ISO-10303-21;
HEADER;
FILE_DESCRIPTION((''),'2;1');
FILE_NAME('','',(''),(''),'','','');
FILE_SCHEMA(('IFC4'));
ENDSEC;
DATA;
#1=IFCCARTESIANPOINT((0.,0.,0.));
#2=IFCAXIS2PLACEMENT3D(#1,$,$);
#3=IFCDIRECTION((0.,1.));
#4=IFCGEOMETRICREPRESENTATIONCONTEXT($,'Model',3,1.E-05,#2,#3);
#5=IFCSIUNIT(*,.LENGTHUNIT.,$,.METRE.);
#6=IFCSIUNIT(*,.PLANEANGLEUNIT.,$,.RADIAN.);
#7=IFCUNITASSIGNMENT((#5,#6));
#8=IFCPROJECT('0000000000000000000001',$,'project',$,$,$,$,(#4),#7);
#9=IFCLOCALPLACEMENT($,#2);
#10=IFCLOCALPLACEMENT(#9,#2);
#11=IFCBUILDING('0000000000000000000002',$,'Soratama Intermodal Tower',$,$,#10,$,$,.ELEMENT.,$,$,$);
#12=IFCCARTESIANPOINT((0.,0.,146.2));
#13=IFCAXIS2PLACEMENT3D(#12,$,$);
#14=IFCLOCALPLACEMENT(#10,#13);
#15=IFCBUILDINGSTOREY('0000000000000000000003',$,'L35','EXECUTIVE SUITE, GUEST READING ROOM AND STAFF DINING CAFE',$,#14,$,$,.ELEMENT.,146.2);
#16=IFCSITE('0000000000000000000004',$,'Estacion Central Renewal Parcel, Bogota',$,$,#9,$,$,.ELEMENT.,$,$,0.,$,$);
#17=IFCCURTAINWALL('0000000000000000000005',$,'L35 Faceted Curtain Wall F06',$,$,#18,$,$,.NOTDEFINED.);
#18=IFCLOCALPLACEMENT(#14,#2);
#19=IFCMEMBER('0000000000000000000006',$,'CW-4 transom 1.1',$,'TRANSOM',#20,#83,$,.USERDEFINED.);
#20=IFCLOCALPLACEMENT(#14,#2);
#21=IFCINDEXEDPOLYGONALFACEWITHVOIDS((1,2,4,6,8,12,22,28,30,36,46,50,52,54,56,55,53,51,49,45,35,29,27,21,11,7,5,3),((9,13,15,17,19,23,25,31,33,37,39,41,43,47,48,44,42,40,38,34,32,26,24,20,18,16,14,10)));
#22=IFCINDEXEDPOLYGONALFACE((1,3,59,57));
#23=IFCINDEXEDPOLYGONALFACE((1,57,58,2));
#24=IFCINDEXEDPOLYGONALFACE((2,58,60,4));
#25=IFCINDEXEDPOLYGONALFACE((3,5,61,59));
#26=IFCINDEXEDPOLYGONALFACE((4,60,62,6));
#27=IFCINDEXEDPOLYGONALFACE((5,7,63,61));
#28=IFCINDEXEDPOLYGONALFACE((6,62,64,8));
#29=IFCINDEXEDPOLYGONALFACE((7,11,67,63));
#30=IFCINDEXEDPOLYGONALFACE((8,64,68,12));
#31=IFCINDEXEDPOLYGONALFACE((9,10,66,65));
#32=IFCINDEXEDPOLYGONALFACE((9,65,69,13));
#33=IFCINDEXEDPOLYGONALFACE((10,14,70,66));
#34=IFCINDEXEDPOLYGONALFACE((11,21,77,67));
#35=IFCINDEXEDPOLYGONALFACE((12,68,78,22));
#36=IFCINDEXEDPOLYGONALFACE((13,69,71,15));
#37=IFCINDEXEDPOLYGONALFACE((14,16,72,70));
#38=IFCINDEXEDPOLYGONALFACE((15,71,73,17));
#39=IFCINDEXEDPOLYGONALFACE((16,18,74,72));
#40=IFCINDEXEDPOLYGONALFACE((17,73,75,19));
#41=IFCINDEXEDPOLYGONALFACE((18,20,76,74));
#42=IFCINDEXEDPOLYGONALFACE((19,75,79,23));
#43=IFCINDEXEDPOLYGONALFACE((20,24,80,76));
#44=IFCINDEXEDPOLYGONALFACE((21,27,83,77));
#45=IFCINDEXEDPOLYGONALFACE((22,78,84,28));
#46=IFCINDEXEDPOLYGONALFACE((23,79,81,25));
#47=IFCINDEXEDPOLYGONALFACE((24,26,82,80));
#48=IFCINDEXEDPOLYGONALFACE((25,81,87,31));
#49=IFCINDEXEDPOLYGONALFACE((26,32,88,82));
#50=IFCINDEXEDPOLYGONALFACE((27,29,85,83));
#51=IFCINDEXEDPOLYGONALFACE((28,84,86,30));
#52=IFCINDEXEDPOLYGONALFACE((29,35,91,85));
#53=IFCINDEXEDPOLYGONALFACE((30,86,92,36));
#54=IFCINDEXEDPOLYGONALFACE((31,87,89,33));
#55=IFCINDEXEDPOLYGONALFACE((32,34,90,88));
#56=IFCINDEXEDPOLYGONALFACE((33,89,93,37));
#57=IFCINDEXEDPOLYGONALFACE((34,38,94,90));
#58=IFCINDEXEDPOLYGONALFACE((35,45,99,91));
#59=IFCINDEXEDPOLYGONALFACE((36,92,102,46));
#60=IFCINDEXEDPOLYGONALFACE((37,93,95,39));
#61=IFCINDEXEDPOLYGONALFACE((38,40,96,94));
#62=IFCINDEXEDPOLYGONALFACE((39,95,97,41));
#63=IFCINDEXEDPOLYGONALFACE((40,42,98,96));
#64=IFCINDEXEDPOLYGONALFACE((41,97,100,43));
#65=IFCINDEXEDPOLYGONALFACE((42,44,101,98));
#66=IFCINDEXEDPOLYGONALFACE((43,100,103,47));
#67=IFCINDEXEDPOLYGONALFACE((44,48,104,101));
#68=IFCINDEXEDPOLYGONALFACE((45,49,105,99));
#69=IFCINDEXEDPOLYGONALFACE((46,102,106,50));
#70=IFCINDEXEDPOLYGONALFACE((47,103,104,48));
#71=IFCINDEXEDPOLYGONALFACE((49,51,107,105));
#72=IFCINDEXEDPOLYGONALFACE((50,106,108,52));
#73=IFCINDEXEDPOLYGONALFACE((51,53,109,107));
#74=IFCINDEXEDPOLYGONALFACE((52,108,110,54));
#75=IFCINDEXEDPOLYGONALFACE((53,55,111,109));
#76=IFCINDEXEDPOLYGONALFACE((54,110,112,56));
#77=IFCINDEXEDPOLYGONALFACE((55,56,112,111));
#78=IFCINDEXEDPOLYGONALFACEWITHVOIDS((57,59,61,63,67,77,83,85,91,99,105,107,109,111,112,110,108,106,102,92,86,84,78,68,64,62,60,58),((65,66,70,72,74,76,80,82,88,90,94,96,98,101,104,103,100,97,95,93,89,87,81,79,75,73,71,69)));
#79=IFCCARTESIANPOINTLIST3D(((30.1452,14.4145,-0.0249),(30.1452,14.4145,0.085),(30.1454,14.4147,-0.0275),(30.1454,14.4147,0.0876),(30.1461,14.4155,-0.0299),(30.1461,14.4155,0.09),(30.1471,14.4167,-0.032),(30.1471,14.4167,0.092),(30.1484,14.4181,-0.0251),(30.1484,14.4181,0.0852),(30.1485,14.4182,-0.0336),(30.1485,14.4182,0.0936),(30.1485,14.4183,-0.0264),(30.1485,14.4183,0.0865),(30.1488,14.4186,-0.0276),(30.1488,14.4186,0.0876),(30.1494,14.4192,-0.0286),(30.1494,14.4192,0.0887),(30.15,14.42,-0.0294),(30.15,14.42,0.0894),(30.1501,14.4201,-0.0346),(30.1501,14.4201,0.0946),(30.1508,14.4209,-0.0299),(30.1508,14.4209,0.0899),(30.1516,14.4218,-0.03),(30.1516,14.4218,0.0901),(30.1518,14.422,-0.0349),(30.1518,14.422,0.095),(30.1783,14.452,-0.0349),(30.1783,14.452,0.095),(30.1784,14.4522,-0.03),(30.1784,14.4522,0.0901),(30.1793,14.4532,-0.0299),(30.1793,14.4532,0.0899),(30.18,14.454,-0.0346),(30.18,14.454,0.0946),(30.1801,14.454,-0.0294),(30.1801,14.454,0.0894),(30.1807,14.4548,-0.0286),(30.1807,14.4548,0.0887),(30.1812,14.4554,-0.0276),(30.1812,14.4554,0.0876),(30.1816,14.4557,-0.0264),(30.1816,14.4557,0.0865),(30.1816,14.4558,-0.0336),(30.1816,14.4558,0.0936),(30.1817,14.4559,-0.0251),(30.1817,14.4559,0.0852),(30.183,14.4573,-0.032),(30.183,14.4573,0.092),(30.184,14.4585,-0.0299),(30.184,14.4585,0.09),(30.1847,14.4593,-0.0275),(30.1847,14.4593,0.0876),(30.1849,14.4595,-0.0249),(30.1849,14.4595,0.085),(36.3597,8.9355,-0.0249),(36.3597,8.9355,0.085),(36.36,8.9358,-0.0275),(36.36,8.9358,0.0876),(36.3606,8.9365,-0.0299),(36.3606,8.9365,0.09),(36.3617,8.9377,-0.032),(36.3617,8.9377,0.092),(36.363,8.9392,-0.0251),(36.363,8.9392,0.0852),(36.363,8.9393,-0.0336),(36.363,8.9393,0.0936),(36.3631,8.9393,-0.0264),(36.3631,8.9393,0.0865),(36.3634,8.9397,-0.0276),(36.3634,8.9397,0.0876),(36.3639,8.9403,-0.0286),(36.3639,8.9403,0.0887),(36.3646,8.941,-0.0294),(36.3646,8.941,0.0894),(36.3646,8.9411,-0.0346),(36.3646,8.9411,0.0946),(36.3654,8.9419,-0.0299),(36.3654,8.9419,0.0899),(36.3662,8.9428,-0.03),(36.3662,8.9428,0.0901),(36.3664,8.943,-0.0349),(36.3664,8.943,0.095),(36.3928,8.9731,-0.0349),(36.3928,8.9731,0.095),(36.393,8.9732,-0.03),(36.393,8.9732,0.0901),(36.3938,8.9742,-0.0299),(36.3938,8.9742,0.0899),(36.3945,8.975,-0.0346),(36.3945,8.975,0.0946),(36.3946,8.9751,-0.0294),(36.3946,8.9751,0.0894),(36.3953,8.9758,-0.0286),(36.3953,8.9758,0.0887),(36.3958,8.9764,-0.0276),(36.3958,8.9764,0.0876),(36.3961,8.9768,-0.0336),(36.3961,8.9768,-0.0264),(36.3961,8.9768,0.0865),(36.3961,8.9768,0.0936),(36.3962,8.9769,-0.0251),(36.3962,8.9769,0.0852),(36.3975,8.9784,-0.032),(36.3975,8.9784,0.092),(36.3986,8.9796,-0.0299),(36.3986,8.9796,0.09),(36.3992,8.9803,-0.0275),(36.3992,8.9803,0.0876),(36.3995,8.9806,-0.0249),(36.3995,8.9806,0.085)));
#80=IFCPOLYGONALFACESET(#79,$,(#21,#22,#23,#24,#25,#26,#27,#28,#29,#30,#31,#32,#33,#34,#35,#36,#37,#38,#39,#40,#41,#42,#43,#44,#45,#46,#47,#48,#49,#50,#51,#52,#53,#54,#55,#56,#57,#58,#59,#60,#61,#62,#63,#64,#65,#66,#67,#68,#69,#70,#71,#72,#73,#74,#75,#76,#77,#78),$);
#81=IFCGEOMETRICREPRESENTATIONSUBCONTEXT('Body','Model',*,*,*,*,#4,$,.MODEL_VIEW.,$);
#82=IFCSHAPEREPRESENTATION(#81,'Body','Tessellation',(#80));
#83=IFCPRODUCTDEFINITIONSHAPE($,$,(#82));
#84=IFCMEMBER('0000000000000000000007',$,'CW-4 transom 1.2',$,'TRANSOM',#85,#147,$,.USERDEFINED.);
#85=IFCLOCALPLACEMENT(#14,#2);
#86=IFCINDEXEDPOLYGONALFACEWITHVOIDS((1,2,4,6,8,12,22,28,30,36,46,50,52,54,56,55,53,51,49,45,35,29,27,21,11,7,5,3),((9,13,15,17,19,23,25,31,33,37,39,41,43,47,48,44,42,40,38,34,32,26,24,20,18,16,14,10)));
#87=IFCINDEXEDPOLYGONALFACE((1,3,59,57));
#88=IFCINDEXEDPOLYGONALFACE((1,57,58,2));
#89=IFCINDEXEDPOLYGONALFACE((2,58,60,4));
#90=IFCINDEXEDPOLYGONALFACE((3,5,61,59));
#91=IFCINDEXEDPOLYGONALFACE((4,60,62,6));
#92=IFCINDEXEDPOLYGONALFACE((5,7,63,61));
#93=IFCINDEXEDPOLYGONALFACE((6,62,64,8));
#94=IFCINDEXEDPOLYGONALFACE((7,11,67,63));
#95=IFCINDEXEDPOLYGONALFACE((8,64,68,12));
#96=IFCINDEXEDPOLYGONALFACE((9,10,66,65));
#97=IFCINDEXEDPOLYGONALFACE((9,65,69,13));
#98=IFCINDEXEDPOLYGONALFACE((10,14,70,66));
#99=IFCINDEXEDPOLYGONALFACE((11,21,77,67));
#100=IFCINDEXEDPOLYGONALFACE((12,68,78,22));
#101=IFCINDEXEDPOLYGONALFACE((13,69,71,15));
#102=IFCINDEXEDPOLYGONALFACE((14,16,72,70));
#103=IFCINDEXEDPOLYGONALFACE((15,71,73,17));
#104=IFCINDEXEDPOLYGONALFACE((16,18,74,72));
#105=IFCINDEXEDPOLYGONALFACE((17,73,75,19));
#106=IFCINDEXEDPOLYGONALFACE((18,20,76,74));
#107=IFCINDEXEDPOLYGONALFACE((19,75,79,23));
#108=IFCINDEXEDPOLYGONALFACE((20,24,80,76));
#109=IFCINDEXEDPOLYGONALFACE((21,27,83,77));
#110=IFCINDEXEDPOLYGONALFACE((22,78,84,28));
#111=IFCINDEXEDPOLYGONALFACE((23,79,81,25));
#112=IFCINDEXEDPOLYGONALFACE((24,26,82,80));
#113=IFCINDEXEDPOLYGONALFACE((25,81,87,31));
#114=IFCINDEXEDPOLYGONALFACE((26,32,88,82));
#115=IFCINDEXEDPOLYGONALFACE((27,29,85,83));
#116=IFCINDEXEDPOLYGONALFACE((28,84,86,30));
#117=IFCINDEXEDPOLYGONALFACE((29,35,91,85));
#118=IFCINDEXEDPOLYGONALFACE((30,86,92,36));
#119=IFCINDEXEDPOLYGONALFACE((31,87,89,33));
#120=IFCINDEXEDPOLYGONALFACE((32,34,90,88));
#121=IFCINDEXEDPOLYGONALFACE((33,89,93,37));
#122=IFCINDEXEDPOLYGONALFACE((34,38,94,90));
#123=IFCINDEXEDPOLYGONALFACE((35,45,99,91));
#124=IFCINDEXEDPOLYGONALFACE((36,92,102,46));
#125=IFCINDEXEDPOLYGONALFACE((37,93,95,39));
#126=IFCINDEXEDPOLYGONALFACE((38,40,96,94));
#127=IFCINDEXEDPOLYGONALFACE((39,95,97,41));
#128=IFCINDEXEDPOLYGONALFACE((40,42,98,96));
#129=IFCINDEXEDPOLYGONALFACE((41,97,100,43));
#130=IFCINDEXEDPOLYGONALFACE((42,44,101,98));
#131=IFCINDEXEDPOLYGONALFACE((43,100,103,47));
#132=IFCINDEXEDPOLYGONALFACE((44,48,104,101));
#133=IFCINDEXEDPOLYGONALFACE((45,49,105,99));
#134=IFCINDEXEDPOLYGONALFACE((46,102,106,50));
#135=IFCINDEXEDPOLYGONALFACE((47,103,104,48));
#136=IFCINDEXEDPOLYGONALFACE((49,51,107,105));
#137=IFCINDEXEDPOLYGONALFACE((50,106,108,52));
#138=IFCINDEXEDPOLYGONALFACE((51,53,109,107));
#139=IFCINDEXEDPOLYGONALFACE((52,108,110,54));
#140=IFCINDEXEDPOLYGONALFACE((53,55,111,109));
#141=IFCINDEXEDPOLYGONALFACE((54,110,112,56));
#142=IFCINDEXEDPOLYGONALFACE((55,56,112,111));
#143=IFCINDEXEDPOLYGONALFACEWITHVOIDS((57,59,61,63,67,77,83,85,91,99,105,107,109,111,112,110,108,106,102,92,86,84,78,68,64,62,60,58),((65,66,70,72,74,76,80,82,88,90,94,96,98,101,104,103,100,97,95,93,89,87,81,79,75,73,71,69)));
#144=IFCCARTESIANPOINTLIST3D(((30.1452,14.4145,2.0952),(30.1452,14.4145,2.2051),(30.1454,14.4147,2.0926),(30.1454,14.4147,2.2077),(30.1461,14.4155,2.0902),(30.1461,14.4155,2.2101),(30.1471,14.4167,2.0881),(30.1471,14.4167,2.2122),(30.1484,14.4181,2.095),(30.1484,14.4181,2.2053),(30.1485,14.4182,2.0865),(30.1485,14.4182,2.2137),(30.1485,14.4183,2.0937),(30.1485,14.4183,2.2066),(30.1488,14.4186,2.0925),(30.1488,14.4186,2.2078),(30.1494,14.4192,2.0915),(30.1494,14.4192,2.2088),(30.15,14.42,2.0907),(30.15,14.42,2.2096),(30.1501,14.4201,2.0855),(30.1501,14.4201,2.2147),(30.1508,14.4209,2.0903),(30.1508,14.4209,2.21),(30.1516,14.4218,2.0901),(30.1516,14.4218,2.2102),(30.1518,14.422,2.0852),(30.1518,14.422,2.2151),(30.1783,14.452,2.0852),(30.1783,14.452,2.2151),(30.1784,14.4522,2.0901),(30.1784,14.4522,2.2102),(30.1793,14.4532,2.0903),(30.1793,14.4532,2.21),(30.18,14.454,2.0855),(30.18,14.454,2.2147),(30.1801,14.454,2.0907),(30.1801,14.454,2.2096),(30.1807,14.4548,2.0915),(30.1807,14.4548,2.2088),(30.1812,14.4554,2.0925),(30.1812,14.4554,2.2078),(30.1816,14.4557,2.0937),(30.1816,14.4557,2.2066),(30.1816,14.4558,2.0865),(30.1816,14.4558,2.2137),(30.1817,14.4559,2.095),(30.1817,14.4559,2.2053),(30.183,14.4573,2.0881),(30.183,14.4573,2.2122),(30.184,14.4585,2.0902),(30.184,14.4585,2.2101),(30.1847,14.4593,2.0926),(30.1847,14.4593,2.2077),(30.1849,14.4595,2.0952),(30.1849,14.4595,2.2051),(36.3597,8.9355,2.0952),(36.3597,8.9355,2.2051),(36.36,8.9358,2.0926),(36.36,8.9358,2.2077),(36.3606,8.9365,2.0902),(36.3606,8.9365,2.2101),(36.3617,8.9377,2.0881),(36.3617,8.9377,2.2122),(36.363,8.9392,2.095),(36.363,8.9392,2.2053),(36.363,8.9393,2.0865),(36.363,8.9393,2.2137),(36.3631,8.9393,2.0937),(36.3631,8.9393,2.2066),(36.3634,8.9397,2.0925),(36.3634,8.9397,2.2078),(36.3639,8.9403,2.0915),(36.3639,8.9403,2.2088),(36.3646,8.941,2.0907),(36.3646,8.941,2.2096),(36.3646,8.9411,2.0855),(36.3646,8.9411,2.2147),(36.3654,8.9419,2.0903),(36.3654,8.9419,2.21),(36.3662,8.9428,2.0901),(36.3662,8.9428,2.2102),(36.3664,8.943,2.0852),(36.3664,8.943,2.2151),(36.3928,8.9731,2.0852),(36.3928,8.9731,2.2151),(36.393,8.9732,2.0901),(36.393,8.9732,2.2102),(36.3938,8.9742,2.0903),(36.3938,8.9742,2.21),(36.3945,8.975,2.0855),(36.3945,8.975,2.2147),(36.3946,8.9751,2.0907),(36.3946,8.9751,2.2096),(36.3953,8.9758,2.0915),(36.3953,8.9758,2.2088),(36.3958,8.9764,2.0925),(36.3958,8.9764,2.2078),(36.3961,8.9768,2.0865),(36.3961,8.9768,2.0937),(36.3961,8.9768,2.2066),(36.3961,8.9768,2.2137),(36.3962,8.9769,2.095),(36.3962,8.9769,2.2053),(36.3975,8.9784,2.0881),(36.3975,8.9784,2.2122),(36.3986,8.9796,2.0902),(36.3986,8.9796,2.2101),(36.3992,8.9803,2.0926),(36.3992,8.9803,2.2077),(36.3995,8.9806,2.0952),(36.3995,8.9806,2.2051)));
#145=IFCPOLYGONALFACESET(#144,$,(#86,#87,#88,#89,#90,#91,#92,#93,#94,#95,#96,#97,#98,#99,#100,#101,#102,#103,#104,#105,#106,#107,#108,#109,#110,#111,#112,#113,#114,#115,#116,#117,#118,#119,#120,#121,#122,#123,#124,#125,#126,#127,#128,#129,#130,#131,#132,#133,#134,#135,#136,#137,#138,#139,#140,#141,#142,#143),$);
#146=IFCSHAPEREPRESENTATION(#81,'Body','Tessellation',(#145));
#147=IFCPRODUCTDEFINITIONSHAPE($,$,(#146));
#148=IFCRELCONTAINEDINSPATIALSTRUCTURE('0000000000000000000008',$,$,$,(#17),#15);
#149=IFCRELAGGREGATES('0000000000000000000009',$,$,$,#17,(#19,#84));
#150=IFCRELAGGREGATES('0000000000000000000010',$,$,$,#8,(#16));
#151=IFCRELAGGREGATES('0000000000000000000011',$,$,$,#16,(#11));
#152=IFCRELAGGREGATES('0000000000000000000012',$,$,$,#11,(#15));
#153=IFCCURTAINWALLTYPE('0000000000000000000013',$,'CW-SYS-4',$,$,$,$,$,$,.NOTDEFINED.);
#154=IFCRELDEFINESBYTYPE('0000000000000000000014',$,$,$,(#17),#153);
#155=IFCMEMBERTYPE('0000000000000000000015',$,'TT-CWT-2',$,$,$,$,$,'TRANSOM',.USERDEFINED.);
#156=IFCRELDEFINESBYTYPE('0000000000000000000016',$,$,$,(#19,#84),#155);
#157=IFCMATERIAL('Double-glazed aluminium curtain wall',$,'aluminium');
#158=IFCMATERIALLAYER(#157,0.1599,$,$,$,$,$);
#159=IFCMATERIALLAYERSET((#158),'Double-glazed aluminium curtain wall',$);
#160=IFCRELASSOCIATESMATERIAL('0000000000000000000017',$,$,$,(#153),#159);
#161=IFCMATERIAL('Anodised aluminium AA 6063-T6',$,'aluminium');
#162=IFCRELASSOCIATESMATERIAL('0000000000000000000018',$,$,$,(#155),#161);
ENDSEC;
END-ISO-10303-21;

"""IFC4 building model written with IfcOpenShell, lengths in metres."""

from ifc_helpers import new_model, si_unit, direction, frame, origin, origin_2d, place, context, subcontext, project, spatial, hollow_rectangle, extrude, material, layer, layer_set, material_profile, profile_set, type_object, element, aggregate, save


model = new_model("IFC4")

# Units and contexts
model_context = context("Model", 3, precision=1e-05, world=origin(), true_north=direction((0.0, 1.0)))
body_context = subcontext(model_context, "Body", "Model", "MODEL_VIEW")
ifc_project = project(units=[si_unit("LENGTHUNIT", "METRE"), si_unit("PLANEANGLEUNIT", "RADIAN")], contexts=[model_context])

# Site, building, storey
site_placement = place(None, origin())
site = spatial("IfcSite", under=ifc_project, at=site_placement, Name="Estacion Central Renewal Parcel, Bogota", CompositionType="ELEMENT", RefElevation=0.0)
building_placement = place(site_placement, origin())
building = spatial("IfcBuilding", under=site, at=building_placement, Name="Soratama Intermodal Tower", CompositionType="ELEMENT")
storey_placement = place(building_placement, frame((0.0, 0.0, 146.2)))
storey = spatial("IfcBuildingStorey", under=building, at=storey_placement, Name="L35", Description="EXECUTIVE SUITE, GUEST READING ROOM AND STAFF DINING CAFE", CompositionType="ELEMENT", Elevation=146.2)

# Curtain wall, members
ifc_material_1 = material(Name="Double-glazed aluminium curtain wall", Category="aluminium")
ifc_layer_1 = layer(ifc_material_1, 0.1599)
ifc_layer_set_1 = layer_set([ifc_layer_1], Name="Double-glazed aluminium curtain wall")
curtain_wall_type = type_object("IfcCurtainWallType", Name="CW-SYS-4", PredefinedType="NOTDEFINED", material=ifc_layer_set_1)
curtain_wall_placement = place(storey_placement, origin())
curtain_wall = element("IfcCurtainWall", 1, at=curtain_wall_placement, inside=storey, type_object=curtain_wall_type, Name="L35 Faceted Curtain Wall F06", PredefinedType="NOTDEFINED")
ifc_material_2 = material(Name="Anodised aluminium AA 6063-T6", Category="aluminium")
ifc_material_profile_1 = material_profile(ifc_material_2, hollow_rectangle(XDim=0.0601, YDim=0.1299, WallThickness=0.0049, InnerFilletRadius=0.0049, OuterFilletRadius=0.01, at=origin_2d()), Name="CWT130X60X5")
ifc_profile_set_1 = profile_set([ifc_material_profile_1], Name="Anodised aluminium AA 6063-T6")
member_type = type_object("IfcMemberType", Name="TT-CWT-2", ElementType="TRANSOM", PredefinedType="USERDEFINED", material=ifc_profile_set_1)
member_1_placement = place(storey_placement, frame((30.165, 14.437, 0.03), z_axis=(0.750105, -0.661318, 0.0), x_axis=(0.661318, 0.750105, 0.0)))
member_1 = element("IfcMember", 2, at=member_1_placement, type_object=member_type, Name="CW-4 transom 1.1", ObjectType="TRANSOM", PredefinedType="USERDEFINED", context=body_context, shape_type="SweptSolid", body=[
    extrude(hollow_rectangle(XDim=0.0601, YDim=0.1299, WallThickness=0.0049, InnerFilletRadius=0.0049, OuterFilletRadius=0.01, at=origin_2d()), origin(), (0.0, 0.0, 1.0), 8.2849),
])
member_2_placement = place(storey_placement, frame((30.165, 14.437, 2.1501), z_axis=(0.750105, -0.661318, 0.0), x_axis=(0.661318, 0.750105, 0.0)))
member_2 = element("IfcMember", 3, at=member_2_placement, type_object=member_type, Name="CW-4 transom 1.2", ObjectType="TRANSOM", PredefinedType="USERDEFINED", context=body_context, shape_type="SweptSolid", body=[
    extrude(hollow_rectangle(XDim=0.0601, YDim=0.1299, WallThickness=0.0049, InnerFilletRadius=0.0049, OuterFilletRadius=0.01, at=origin_2d()), origin(), (0.0, 0.0, 1.0), 8.2849),
])
aggregate(curtain_wall, [member_1, member_2])

save(model, "model.ifc")
